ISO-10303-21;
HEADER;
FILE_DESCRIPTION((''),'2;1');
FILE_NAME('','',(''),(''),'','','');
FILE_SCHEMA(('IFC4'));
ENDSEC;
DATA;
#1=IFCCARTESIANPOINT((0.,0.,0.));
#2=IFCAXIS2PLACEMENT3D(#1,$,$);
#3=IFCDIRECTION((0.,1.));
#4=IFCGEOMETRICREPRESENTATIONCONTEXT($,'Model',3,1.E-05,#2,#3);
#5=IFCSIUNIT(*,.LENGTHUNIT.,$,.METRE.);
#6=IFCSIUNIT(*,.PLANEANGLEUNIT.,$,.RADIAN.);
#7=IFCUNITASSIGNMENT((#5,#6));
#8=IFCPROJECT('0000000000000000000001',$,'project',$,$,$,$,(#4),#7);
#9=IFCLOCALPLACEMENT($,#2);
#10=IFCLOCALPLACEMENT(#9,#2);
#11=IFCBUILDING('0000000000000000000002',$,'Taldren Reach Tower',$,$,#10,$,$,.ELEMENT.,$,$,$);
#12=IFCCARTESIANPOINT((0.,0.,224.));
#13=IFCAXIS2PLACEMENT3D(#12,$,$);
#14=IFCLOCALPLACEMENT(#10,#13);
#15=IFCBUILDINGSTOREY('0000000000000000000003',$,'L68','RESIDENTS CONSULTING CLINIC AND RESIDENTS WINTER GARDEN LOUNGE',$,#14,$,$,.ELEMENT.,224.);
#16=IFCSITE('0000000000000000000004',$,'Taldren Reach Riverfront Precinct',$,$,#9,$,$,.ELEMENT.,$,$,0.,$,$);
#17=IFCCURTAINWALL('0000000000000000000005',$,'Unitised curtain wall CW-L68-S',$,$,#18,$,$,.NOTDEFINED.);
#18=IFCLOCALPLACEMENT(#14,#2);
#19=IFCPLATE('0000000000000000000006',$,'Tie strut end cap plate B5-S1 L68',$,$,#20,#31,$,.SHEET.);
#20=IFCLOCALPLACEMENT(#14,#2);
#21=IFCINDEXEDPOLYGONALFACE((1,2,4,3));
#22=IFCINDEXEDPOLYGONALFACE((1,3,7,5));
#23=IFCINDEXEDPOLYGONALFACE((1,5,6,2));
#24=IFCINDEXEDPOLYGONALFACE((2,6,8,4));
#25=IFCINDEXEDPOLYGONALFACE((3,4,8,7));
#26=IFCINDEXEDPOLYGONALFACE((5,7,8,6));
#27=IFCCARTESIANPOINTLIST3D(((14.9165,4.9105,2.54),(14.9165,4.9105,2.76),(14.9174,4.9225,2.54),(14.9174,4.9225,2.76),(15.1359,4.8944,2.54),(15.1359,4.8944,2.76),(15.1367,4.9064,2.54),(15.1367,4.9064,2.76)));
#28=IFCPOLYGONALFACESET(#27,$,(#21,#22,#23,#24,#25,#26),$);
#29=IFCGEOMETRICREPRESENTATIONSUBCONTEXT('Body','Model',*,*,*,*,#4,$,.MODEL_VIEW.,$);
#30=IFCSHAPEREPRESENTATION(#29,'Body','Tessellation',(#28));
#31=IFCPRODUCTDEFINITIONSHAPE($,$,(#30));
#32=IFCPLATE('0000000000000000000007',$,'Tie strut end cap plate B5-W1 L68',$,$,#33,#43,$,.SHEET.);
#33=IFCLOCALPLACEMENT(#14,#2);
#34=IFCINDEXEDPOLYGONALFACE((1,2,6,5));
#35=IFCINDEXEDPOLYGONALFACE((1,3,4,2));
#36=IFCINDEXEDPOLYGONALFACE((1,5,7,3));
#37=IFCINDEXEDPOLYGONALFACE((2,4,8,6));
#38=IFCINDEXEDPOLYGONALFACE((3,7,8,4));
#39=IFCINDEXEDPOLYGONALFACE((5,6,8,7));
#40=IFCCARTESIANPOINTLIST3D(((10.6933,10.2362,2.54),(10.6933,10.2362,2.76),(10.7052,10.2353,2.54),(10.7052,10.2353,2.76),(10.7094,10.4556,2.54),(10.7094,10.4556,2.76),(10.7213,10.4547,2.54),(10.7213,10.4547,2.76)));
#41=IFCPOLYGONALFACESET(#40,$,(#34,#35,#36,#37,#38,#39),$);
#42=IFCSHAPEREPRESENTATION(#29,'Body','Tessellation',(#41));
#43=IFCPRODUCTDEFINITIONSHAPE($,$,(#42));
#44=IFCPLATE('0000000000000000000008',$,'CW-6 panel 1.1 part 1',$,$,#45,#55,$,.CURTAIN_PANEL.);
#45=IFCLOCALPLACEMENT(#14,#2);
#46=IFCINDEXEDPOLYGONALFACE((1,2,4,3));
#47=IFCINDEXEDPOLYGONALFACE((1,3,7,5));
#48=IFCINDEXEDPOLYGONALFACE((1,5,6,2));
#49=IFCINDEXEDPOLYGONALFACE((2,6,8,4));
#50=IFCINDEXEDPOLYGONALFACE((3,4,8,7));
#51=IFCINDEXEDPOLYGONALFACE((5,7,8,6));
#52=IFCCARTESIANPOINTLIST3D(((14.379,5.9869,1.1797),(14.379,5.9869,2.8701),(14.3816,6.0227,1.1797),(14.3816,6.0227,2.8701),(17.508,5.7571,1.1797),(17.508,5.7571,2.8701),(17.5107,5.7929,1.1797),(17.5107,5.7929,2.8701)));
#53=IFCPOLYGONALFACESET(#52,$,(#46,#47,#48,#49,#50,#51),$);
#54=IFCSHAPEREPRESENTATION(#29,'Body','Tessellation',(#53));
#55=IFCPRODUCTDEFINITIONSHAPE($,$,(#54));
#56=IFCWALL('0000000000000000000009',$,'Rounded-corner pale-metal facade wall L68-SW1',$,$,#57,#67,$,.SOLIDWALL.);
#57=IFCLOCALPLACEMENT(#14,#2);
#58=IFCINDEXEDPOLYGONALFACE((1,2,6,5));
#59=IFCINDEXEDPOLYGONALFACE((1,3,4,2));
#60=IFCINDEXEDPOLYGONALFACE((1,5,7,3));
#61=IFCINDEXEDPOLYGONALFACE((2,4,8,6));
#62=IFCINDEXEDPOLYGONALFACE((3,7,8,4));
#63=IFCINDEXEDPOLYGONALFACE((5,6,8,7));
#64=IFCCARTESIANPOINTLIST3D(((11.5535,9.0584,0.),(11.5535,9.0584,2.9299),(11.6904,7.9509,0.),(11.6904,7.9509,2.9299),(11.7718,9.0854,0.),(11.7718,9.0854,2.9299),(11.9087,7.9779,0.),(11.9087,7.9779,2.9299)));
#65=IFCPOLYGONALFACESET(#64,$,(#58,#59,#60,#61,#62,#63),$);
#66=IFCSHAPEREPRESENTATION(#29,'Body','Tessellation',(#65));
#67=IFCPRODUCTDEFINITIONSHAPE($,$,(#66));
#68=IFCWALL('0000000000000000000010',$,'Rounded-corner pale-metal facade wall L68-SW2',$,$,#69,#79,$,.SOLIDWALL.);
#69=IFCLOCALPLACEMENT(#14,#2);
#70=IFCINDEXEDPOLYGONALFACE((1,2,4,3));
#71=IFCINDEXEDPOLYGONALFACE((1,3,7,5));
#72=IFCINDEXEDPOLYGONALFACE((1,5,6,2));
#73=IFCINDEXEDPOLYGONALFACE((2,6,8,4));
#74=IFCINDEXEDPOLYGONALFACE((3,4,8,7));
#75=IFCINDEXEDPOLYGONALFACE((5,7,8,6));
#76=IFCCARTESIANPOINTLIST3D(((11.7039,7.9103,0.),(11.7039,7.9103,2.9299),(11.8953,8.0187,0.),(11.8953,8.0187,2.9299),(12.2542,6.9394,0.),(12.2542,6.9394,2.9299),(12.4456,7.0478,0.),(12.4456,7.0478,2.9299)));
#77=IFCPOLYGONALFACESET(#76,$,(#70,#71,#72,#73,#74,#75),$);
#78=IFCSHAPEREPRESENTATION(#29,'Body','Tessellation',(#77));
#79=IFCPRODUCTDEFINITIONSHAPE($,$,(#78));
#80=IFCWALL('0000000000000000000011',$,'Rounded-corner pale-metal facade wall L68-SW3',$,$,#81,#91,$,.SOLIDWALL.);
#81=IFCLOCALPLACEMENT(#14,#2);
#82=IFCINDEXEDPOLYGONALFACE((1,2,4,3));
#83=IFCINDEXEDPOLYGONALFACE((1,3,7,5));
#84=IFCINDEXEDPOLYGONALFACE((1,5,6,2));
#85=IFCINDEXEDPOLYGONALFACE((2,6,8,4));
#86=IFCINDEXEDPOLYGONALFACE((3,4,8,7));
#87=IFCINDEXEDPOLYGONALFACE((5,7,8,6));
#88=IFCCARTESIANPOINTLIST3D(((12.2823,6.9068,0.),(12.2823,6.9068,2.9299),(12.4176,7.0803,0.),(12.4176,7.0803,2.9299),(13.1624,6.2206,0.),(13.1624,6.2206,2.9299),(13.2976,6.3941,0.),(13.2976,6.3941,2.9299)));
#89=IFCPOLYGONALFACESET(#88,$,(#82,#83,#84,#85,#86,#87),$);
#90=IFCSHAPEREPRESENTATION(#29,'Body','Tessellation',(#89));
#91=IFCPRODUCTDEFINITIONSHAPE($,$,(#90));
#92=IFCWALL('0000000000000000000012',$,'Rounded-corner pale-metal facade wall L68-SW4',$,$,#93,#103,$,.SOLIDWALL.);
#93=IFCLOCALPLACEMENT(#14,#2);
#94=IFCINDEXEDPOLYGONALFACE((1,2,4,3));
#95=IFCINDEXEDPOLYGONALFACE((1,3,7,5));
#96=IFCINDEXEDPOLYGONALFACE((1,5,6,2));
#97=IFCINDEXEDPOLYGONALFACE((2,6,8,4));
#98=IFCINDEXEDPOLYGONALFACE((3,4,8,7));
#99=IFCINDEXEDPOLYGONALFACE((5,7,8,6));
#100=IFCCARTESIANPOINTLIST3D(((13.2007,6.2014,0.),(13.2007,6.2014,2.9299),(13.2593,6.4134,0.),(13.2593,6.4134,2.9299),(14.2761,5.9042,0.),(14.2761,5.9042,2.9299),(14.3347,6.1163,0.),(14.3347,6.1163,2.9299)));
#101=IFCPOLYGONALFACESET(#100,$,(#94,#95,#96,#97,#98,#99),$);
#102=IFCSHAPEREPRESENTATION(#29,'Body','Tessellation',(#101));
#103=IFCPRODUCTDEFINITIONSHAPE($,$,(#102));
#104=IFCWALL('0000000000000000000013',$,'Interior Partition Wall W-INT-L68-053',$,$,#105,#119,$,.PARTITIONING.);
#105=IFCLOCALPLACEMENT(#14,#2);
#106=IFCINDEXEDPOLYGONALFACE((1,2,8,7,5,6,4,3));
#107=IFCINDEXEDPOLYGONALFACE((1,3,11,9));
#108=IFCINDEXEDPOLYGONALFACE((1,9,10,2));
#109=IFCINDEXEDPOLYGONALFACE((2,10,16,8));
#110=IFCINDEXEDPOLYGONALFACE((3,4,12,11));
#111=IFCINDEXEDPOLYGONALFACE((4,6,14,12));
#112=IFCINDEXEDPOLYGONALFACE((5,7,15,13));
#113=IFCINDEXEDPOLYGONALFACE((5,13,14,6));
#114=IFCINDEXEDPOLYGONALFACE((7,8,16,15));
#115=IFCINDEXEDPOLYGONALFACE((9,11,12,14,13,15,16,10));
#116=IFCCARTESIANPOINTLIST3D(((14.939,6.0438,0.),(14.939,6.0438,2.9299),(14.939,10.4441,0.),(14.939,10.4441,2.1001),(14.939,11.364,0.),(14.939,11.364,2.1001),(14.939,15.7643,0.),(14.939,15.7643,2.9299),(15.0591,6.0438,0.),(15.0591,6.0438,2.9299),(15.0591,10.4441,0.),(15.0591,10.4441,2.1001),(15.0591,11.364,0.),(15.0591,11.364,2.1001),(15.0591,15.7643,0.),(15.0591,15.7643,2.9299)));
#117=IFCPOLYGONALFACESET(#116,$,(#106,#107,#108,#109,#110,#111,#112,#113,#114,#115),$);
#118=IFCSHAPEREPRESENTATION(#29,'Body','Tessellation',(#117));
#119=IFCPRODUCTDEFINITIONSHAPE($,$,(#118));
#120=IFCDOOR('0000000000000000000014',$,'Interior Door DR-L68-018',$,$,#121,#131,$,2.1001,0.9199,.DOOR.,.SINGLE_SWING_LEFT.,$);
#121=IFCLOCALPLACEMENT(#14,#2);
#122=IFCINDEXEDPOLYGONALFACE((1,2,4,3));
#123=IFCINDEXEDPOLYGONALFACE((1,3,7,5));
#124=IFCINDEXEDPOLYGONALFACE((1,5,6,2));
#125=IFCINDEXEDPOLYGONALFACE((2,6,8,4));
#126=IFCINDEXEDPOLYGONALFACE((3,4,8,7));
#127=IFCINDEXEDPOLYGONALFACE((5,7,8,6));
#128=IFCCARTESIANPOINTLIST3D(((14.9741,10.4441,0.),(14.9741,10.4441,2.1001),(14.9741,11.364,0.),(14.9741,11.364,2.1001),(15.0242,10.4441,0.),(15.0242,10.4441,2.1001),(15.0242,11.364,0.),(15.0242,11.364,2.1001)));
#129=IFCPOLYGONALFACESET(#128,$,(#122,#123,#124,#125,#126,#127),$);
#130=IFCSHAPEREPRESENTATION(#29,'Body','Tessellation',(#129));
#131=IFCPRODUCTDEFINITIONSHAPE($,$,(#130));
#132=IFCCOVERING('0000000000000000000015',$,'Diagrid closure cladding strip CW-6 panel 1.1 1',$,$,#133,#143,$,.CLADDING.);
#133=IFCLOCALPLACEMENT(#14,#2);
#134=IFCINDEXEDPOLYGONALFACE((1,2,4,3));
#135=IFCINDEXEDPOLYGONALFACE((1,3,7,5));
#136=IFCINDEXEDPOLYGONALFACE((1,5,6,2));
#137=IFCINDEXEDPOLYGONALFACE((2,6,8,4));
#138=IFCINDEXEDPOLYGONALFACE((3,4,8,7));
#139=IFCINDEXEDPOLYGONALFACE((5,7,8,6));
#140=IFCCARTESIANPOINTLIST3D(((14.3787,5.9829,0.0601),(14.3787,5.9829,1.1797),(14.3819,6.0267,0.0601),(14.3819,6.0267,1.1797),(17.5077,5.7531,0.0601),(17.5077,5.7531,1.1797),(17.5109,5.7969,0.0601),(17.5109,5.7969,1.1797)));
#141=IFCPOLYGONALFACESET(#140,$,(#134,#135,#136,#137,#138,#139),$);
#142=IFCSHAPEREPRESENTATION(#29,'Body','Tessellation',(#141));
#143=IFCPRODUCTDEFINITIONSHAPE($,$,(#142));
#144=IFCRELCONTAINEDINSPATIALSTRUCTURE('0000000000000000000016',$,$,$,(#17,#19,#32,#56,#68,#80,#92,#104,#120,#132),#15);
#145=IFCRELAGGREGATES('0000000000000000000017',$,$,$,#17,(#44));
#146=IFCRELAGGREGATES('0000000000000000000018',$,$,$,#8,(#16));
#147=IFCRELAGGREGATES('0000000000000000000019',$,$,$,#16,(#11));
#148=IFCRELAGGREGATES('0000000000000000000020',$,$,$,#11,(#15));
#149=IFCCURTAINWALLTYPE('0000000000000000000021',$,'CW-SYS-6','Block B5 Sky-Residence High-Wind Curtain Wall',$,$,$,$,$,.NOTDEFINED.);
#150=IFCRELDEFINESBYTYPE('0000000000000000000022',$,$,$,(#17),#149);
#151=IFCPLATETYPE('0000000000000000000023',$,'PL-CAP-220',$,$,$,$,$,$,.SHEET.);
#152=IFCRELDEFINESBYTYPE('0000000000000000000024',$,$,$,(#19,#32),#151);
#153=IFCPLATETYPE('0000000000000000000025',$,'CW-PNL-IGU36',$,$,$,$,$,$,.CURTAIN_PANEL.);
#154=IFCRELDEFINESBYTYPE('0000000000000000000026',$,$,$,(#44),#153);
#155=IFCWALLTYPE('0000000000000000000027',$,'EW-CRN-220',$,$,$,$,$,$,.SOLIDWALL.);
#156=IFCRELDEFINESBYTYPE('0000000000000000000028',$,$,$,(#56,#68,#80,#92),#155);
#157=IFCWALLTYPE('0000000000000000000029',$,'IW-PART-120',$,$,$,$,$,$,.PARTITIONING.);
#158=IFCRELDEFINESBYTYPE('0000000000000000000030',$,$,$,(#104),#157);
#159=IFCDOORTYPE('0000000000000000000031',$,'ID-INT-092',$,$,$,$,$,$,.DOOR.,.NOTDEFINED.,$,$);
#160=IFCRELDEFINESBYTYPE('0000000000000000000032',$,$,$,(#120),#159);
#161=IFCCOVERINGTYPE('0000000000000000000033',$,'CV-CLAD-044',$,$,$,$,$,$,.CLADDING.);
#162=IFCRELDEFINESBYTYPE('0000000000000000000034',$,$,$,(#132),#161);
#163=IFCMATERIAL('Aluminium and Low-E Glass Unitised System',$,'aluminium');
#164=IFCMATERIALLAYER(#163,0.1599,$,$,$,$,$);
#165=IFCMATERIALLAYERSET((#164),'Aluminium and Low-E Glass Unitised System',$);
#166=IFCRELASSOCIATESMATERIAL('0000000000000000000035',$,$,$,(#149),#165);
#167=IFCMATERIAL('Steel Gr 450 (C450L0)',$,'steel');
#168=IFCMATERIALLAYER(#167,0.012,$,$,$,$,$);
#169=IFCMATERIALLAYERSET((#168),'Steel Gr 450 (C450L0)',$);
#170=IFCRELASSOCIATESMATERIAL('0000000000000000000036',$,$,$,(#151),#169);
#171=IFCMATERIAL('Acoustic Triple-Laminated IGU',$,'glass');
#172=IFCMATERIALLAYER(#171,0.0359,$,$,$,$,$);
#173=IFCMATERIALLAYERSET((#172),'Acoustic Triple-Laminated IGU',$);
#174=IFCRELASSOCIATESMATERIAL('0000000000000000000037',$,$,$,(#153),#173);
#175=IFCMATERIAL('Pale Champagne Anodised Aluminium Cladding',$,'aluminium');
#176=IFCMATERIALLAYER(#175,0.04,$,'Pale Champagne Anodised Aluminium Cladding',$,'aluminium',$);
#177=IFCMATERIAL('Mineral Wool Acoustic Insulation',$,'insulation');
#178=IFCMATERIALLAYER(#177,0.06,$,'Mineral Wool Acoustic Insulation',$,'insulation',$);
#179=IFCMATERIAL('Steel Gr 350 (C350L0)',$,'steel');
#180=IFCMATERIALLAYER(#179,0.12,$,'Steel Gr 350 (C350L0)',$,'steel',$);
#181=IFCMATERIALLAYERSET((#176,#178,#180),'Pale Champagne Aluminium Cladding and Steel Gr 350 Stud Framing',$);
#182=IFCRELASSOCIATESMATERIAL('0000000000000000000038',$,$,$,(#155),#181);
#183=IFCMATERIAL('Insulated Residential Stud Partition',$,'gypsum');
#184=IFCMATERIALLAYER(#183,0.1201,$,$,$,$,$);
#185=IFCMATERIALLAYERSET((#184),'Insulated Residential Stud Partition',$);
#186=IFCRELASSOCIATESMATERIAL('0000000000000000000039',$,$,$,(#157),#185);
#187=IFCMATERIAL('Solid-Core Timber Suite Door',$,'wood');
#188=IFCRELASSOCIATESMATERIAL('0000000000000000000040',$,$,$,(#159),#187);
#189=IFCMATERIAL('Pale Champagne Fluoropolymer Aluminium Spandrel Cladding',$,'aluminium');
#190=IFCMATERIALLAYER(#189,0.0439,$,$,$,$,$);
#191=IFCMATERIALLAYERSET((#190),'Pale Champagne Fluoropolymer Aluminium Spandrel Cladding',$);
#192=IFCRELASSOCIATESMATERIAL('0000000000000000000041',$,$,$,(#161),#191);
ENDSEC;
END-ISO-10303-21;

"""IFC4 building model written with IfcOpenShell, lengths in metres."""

from ifc_helpers import new_model, si_unit, direction, frame, frame_2d, origin, origin_2d, place, context, subcontext, project, spatial, rectangle, extrude, source, transform, mapped, material, layer, layer_set, type_object, element, fill, aggregate, save


model = new_model("IFC4")

# Units and contexts
model_context = context("Model", 3, precision=1e-05, world=origin(), true_north=direction((0.0, 1.0)))
body_context = subcontext(model_context, "Body", "Model", "MODEL_VIEW")
ifc_project = project(units=[si_unit("LENGTHUNIT", "METRE"), si_unit("PLANEANGLEUNIT", "RADIAN")], contexts=[model_context])

# Site, building, storey
site_placement = place(None, origin())
site = spatial("IfcSite", under=ifc_project, at=site_placement, Name="Taldren Reach Riverfront Precinct", CompositionType="ELEMENT", RefElevation=0.0)
building_placement = place(site_placement, origin())
building = spatial("IfcBuilding", under=site, at=building_placement, Name="Taldren Reach Tower", CompositionType="ELEMENT")
storey_placement = place(building_placement, frame((0.0, 0.0, 224.0)))
storey = spatial("IfcBuildingStorey", under=building, at=storey_placement, Name="L68", Description="RESIDENTS CONSULTING CLINIC AND RESIDENTS WINTER GARDEN LOUNGE", CompositionType="ELEMENT", Elevation=224.0)

# Shared definitions
ifc_material_1 = material(Name="Steel Gr 350 (C350L0)", Category="steel")

# Shared definitions
ifc_material_2 = material(Name="Steel Gr 450 (C450L0)", Category="steel")

# Curtain wall
ifc_material_3 = material(Name="Aluminium and Low-E Glass Unitised System", Category="aluminium")
ifc_layer_1 = layer(ifc_material_3, 0.1599)
ifc_layer_set_1 = layer_set([ifc_layer_1], Name="Aluminium and Low-E Glass Unitised System")
curtain_wall_type = type_object("IfcCurtainWallType", Name="CW-SYS-6", Description="Block B5 Sky-Residence High-Wind Curtain Wall", PredefinedType="NOTDEFINED", material=ifc_layer_set_1)
curtain_wall_1_placement = place(storey_placement, origin())
curtain_wall_1 = element("IfcCurtainWall", 1, at=curtain_wall_1_placement, inside=storey, type_object=curtain_wall_type, Name="Unitised curtain wall CW-L68-S", PredefinedType="NOTDEFINED")

# Plates
ifc_layer_2 = layer(ifc_material_2, 0.012)
ifc_layer_set_2 = layer_set([ifc_layer_2], Name="Steel Gr 450 (C450L0)")
plate_type_1 = type_object("IfcPlateType", Name="PL-CAP-220", PredefinedType="SHEET", material=ifc_layer_set_2)
shared_shape_1 = source(origin(), body_context, "Body", "SweptSolid", [
    extrude(rectangle(XDim=0.22, YDim=0.012, at=origin_2d()), origin(), (0.0, 0.0, 1.0), 0.22),
])
plate_1_placement = place(storey_placement, frame((15.0266, 4.9084, 2.54), z_axis=(0.0, 0.0, 1.0), x_axis=(0.997314, -0.073238, 0.0)))
element("IfcPlate", 2, at=plate_1_placement, inside=storey, type_object=plate_type_1, Name="Tie strut end cap plate B5-S1 L68", PredefinedType="SHEET", context=body_context, shape_type="MappedRepresentation", body=[
    mapped(shared_shape_1, transform((0.0, 0.0, 0.0), scale=1.0)),
])
shared_shape_2 = source(origin(), body_context, "Body", "SweptSolid", [
    extrude(rectangle(XDim=0.012, YDim=0.22, at=origin_2d()), origin(), (0.0, 0.0, 1.0), 0.22),
])
plate_2_placement = place(storey_placement, frame((10.7073, 10.3455, 2.54), z_axis=(0.0, 0.0, 1.0), x_axis=(0.997314, -0.073238, 0.0)))
element("IfcPlate", 3, at=plate_2_placement, inside=storey, type_object=plate_type_1, Name="Tie strut end cap plate B5-W1 L68", PredefinedType="SHEET", context=body_context, shape_type="MappedRepresentation", body=[
    mapped(shared_shape_2, transform((0.0, 0.0, 0.0), scale=1.0)),
])

# Plate
ifc_material_4 = material(Name="Acoustic Triple-Laminated IGU", Category="glass")
ifc_layer_3 = layer(ifc_material_4, 0.0359)
ifc_layer_set_3 = layer_set([ifc_layer_3], Name="Acoustic Triple-Laminated IGU")
plate_type_2 = type_object("IfcPlateType", Name="CW-PNL-IGU36", PredefinedType="CURTAIN_PANEL", material=ifc_layer_set_3)
shared_shape_3 = source(origin(), body_context, "Body", "SweptSolid", [
    extrude(rectangle(XDim=3.1375, YDim=0.0359, at=origin_2d()), origin(), (0.0, 0.0, 1.0), 1.6904),
])
plate_3_placement = place(storey_placement, frame((15.9448, 5.8899, 1.1797), z_axis=(0.0, 0.0, 1.0), x_axis=(0.997314, -0.073238, 0.0)))
plate_3 = element("IfcPlate", 4, at=plate_3_placement, type_object=plate_type_2, Name="CW-6 panel 1.1 part 1", PredefinedType="CURTAIN_PANEL", context=body_context, shape_type="MappedRepresentation", body=[
    mapped(shared_shape_3, transform((0.0, 0.0, 0.0), scale=1.0)),
])
aggregate(curtain_wall_1, [plate_3])

# Walls
ifc_material_5 = material(Name="Pale Champagne Anodised Aluminium Cladding", Category="aluminium")
ifc_layer_4 = layer(ifc_material_5, 0.04, Name="Pale Champagne Anodised Aluminium Cladding", Category="aluminium")
ifc_material_6 = material(Name="Mineral Wool Acoustic Insulation", Category="insulation")
ifc_layer_5 = layer(ifc_material_6, 0.06, Name="Mineral Wool Acoustic Insulation", Category="insulation")
ifc_layer_6 = layer(ifc_material_1, 0.12, Name="Steel Gr 350 (C350L0)", Category="steel")
ifc_layer_set_4 = layer_set([ifc_layer_4, ifc_layer_5, ifc_layer_6], Name="Pale Champagne Aluminium Cladding and Steel Gr 350 Stud Framing")
wall_type_1 = type_object("IfcWallType", Name="EW-CRN-220", PredefinedType="SOLIDWALL", material=ifc_layer_set_4)
shared_shape_4 = source(origin(), body_context, "Body", "SweptSolid", [
    extrude(rectangle(XDim=1.116, YDim=0.22, at=frame_2d((0.5581, 0.0))), origin(), (0.0, 0.0, 1.0), 2.9299),
])
for number, where, z_axis, x_axis, name in (
    (5, (11.6626, 9.072, 0.0), (0.0, 0.0, 1.0), (0.122742, -0.992439, 0.0), "Rounded-corner pale-metal facade wall L68-SW1"),
    (6, (11.7996, 7.9646, 0.0), (0.0, 0.0, 1.0), (0.493073, -0.869988, 0.0), "Rounded-corner pale-metal facade wall L68-SW2"),
    (7, (12.3499, 6.9937, 0.0), (0.0, 0.0, 1.0), (0.788598, -0.614909, 0.0), "Rounded-corner pale-metal facade wall L68-SW3"),
):
    element("IfcWall", number, at=place(storey_placement, frame(where, z_axis=z_axis, x_axis=x_axis)), inside=storey, type_object=wall_type_1, Name=name, PredefinedType="SOLIDWALL", context=body_context, shape_type="MappedRepresentation", body=[
        mapped(shared_shape_4, transform((0.0, 0.0, 0.0), scale=1.0)),
    ])
shared_shape_5 = source(origin(), body_context, "Body", "SweptSolid", [
    extrude(rectangle(XDim=1.1157, YDim=0.22, at=frame_2d((0.5579, 0.0))), origin(), (0.0, 0.0, 1.0), 2.9299),
])
wall_1_placement = place(storey_placement, frame((13.23, 6.3074, 0.0), z_axis=(0.0, 0.0, 1.0), x_axis=(0.96389, -0.266301, 0.0)))
element("IfcWall", 8, at=wall_1_placement, inside=storey, type_object=wall_type_1, Name="Rounded-corner pale-metal facade wall L68-SW4", PredefinedType="SOLIDWALL", context=body_context, shape_type="MappedRepresentation", body=[
    mapped(shared_shape_5, transform((0.0, 0.0, 0.0), scale=1.0)),
])

# Wall, opening, door
ifc_material_7 = material(Name="Insulated Residential Stud Partition", Category="gypsum")
ifc_layer_7 = layer(ifc_material_7, 0.1201)
ifc_layer_set_5 = layer_set([ifc_layer_7], Name="Insulated Residential Stud Partition")
wall_type_2 = type_object("IfcWallType", Name="IW-PART-120", PredefinedType="PARTITIONING", material=ifc_layer_set_5)
shared_shape_6 = source(origin(), body_context, "Body", "SweptSolid", [
    extrude(rectangle(XDim=9.7205, YDim=0.1201, at=frame_2d((4.8604, 0.0))), origin(), (0.0, 0.0, 1.0), 2.9299),
])
wall_2_placement = place(storey_placement, frame((14.999, 6.0437, 0.0), z_axis=(0.0, 0.0, 1.0), x_axis=(0.0, 1.0, 0.0)))
wall_2 = element("IfcWall", 9, at=wall_2_placement, inside=storey, type_object=wall_type_2, Name="Interior Partition Wall W-INT-L68-053", PredefinedType="PARTITIONING", context=body_context, shape_type="MappedRepresentation", body=[
    mapped(shared_shape_6, transform((0.0, 0.0, 0.0), scale=1.0)),
])
shared_shape_7 = source(origin(), body_context, "Body", "SweptSolid", [
    extrude(rectangle(XDim=0.9199, YDim=2.1001, at=frame_2d((0.46, 1.05))), frame((0.0, 0.0701, 0.0), z_axis=(0.0, -1.0, 0.0), x_axis=(1.0, 0.0, 0.0)), (0.0, 0.0, 1.0), 0.1401),
])
opening_placement = place(wall_2_placement, frame((4.4004, 0.0, 0.0)))
opening = element("IfcOpeningElement", 10, at=opening_placement, cuts=wall_2, PredefinedType="OPENING", context=body_context, shape_type="MappedRepresentation", body=[
    mapped(shared_shape_7, transform((0.0, 0.0, 0.0), scale=1.0)),
])
ifc_material_8 = material(Name="Solid-Core Timber Suite Door", Category="wood")
door_type = type_object("IfcDoorType", Name="ID-INT-092", OperationType="NOTDEFINED", PredefinedType="DOOR", material=ifc_material_8)
shared_shape_8 = source(origin(), body_context, "Body", "SweptSolid", [
    extrude(rectangle(XDim=0.9199, YDim=2.1001, at=frame_2d((0.46, 1.05))), frame((0.0, 0.0249, 0.0), z_axis=(0.0, -1.0, 0.0), x_axis=(1.0, 0.0, 0.0)), (0.0, 0.0, 1.0), 0.05),
])
door_placement = place(opening_placement, origin())
door = element("IfcDoor", 11, at=door_placement, inside=storey, type_object=door_type, Name="Interior Door DR-L68-018", OperationType="SINGLE_SWING_LEFT", OverallHeight=2.1001, OverallWidth=0.9199, PredefinedType="DOOR", context=body_context, shape_type="MappedRepresentation", body=[
    mapped(shared_shape_8, transform((0.0, 0.0, 0.0), scale=1.0)),
])
fill(opening, door)

# Covering
ifc_material_9 = material(Name="Pale Champagne Fluoropolymer Aluminium Spandrel Cladding", Category="aluminium")
ifc_layer_8 = layer(ifc_material_9, 0.0439)
ifc_layer_set_6 = layer_set([ifc_layer_8], Name="Pale Champagne Fluoropolymer Aluminium Spandrel Cladding")
covering_type = type_object("IfcCoveringType", Name="CV-CLAD-044", PredefinedType="CLADDING", material=ifc_layer_set_6)
shared_shape_9 = source(origin(), body_context, "Body", "SweptSolid", [
    extrude(rectangle(XDim=3.1375, YDim=0.0439, at=origin_2d()), origin(), (0.0, 0.0, 1.0), 1.1196),
])
covering_placement = place(storey_placement, frame((15.9448, 5.8899, 0.0601), z_axis=(0.0, 0.0, 1.0), x_axis=(0.997314, -0.073238, 0.0)))
element("IfcCovering", 12, at=covering_placement, inside=storey, type_object=covering_type, Name="Diagrid closure cladding strip CW-6 panel 1.1 1", PredefinedType="CLADDING", context=body_context, shape_type="MappedRepresentation", body=[
    mapped(shared_shape_9, transform((0.0, 0.0, 0.0), scale=1.0)),
])

save(model, "model.ifc")
